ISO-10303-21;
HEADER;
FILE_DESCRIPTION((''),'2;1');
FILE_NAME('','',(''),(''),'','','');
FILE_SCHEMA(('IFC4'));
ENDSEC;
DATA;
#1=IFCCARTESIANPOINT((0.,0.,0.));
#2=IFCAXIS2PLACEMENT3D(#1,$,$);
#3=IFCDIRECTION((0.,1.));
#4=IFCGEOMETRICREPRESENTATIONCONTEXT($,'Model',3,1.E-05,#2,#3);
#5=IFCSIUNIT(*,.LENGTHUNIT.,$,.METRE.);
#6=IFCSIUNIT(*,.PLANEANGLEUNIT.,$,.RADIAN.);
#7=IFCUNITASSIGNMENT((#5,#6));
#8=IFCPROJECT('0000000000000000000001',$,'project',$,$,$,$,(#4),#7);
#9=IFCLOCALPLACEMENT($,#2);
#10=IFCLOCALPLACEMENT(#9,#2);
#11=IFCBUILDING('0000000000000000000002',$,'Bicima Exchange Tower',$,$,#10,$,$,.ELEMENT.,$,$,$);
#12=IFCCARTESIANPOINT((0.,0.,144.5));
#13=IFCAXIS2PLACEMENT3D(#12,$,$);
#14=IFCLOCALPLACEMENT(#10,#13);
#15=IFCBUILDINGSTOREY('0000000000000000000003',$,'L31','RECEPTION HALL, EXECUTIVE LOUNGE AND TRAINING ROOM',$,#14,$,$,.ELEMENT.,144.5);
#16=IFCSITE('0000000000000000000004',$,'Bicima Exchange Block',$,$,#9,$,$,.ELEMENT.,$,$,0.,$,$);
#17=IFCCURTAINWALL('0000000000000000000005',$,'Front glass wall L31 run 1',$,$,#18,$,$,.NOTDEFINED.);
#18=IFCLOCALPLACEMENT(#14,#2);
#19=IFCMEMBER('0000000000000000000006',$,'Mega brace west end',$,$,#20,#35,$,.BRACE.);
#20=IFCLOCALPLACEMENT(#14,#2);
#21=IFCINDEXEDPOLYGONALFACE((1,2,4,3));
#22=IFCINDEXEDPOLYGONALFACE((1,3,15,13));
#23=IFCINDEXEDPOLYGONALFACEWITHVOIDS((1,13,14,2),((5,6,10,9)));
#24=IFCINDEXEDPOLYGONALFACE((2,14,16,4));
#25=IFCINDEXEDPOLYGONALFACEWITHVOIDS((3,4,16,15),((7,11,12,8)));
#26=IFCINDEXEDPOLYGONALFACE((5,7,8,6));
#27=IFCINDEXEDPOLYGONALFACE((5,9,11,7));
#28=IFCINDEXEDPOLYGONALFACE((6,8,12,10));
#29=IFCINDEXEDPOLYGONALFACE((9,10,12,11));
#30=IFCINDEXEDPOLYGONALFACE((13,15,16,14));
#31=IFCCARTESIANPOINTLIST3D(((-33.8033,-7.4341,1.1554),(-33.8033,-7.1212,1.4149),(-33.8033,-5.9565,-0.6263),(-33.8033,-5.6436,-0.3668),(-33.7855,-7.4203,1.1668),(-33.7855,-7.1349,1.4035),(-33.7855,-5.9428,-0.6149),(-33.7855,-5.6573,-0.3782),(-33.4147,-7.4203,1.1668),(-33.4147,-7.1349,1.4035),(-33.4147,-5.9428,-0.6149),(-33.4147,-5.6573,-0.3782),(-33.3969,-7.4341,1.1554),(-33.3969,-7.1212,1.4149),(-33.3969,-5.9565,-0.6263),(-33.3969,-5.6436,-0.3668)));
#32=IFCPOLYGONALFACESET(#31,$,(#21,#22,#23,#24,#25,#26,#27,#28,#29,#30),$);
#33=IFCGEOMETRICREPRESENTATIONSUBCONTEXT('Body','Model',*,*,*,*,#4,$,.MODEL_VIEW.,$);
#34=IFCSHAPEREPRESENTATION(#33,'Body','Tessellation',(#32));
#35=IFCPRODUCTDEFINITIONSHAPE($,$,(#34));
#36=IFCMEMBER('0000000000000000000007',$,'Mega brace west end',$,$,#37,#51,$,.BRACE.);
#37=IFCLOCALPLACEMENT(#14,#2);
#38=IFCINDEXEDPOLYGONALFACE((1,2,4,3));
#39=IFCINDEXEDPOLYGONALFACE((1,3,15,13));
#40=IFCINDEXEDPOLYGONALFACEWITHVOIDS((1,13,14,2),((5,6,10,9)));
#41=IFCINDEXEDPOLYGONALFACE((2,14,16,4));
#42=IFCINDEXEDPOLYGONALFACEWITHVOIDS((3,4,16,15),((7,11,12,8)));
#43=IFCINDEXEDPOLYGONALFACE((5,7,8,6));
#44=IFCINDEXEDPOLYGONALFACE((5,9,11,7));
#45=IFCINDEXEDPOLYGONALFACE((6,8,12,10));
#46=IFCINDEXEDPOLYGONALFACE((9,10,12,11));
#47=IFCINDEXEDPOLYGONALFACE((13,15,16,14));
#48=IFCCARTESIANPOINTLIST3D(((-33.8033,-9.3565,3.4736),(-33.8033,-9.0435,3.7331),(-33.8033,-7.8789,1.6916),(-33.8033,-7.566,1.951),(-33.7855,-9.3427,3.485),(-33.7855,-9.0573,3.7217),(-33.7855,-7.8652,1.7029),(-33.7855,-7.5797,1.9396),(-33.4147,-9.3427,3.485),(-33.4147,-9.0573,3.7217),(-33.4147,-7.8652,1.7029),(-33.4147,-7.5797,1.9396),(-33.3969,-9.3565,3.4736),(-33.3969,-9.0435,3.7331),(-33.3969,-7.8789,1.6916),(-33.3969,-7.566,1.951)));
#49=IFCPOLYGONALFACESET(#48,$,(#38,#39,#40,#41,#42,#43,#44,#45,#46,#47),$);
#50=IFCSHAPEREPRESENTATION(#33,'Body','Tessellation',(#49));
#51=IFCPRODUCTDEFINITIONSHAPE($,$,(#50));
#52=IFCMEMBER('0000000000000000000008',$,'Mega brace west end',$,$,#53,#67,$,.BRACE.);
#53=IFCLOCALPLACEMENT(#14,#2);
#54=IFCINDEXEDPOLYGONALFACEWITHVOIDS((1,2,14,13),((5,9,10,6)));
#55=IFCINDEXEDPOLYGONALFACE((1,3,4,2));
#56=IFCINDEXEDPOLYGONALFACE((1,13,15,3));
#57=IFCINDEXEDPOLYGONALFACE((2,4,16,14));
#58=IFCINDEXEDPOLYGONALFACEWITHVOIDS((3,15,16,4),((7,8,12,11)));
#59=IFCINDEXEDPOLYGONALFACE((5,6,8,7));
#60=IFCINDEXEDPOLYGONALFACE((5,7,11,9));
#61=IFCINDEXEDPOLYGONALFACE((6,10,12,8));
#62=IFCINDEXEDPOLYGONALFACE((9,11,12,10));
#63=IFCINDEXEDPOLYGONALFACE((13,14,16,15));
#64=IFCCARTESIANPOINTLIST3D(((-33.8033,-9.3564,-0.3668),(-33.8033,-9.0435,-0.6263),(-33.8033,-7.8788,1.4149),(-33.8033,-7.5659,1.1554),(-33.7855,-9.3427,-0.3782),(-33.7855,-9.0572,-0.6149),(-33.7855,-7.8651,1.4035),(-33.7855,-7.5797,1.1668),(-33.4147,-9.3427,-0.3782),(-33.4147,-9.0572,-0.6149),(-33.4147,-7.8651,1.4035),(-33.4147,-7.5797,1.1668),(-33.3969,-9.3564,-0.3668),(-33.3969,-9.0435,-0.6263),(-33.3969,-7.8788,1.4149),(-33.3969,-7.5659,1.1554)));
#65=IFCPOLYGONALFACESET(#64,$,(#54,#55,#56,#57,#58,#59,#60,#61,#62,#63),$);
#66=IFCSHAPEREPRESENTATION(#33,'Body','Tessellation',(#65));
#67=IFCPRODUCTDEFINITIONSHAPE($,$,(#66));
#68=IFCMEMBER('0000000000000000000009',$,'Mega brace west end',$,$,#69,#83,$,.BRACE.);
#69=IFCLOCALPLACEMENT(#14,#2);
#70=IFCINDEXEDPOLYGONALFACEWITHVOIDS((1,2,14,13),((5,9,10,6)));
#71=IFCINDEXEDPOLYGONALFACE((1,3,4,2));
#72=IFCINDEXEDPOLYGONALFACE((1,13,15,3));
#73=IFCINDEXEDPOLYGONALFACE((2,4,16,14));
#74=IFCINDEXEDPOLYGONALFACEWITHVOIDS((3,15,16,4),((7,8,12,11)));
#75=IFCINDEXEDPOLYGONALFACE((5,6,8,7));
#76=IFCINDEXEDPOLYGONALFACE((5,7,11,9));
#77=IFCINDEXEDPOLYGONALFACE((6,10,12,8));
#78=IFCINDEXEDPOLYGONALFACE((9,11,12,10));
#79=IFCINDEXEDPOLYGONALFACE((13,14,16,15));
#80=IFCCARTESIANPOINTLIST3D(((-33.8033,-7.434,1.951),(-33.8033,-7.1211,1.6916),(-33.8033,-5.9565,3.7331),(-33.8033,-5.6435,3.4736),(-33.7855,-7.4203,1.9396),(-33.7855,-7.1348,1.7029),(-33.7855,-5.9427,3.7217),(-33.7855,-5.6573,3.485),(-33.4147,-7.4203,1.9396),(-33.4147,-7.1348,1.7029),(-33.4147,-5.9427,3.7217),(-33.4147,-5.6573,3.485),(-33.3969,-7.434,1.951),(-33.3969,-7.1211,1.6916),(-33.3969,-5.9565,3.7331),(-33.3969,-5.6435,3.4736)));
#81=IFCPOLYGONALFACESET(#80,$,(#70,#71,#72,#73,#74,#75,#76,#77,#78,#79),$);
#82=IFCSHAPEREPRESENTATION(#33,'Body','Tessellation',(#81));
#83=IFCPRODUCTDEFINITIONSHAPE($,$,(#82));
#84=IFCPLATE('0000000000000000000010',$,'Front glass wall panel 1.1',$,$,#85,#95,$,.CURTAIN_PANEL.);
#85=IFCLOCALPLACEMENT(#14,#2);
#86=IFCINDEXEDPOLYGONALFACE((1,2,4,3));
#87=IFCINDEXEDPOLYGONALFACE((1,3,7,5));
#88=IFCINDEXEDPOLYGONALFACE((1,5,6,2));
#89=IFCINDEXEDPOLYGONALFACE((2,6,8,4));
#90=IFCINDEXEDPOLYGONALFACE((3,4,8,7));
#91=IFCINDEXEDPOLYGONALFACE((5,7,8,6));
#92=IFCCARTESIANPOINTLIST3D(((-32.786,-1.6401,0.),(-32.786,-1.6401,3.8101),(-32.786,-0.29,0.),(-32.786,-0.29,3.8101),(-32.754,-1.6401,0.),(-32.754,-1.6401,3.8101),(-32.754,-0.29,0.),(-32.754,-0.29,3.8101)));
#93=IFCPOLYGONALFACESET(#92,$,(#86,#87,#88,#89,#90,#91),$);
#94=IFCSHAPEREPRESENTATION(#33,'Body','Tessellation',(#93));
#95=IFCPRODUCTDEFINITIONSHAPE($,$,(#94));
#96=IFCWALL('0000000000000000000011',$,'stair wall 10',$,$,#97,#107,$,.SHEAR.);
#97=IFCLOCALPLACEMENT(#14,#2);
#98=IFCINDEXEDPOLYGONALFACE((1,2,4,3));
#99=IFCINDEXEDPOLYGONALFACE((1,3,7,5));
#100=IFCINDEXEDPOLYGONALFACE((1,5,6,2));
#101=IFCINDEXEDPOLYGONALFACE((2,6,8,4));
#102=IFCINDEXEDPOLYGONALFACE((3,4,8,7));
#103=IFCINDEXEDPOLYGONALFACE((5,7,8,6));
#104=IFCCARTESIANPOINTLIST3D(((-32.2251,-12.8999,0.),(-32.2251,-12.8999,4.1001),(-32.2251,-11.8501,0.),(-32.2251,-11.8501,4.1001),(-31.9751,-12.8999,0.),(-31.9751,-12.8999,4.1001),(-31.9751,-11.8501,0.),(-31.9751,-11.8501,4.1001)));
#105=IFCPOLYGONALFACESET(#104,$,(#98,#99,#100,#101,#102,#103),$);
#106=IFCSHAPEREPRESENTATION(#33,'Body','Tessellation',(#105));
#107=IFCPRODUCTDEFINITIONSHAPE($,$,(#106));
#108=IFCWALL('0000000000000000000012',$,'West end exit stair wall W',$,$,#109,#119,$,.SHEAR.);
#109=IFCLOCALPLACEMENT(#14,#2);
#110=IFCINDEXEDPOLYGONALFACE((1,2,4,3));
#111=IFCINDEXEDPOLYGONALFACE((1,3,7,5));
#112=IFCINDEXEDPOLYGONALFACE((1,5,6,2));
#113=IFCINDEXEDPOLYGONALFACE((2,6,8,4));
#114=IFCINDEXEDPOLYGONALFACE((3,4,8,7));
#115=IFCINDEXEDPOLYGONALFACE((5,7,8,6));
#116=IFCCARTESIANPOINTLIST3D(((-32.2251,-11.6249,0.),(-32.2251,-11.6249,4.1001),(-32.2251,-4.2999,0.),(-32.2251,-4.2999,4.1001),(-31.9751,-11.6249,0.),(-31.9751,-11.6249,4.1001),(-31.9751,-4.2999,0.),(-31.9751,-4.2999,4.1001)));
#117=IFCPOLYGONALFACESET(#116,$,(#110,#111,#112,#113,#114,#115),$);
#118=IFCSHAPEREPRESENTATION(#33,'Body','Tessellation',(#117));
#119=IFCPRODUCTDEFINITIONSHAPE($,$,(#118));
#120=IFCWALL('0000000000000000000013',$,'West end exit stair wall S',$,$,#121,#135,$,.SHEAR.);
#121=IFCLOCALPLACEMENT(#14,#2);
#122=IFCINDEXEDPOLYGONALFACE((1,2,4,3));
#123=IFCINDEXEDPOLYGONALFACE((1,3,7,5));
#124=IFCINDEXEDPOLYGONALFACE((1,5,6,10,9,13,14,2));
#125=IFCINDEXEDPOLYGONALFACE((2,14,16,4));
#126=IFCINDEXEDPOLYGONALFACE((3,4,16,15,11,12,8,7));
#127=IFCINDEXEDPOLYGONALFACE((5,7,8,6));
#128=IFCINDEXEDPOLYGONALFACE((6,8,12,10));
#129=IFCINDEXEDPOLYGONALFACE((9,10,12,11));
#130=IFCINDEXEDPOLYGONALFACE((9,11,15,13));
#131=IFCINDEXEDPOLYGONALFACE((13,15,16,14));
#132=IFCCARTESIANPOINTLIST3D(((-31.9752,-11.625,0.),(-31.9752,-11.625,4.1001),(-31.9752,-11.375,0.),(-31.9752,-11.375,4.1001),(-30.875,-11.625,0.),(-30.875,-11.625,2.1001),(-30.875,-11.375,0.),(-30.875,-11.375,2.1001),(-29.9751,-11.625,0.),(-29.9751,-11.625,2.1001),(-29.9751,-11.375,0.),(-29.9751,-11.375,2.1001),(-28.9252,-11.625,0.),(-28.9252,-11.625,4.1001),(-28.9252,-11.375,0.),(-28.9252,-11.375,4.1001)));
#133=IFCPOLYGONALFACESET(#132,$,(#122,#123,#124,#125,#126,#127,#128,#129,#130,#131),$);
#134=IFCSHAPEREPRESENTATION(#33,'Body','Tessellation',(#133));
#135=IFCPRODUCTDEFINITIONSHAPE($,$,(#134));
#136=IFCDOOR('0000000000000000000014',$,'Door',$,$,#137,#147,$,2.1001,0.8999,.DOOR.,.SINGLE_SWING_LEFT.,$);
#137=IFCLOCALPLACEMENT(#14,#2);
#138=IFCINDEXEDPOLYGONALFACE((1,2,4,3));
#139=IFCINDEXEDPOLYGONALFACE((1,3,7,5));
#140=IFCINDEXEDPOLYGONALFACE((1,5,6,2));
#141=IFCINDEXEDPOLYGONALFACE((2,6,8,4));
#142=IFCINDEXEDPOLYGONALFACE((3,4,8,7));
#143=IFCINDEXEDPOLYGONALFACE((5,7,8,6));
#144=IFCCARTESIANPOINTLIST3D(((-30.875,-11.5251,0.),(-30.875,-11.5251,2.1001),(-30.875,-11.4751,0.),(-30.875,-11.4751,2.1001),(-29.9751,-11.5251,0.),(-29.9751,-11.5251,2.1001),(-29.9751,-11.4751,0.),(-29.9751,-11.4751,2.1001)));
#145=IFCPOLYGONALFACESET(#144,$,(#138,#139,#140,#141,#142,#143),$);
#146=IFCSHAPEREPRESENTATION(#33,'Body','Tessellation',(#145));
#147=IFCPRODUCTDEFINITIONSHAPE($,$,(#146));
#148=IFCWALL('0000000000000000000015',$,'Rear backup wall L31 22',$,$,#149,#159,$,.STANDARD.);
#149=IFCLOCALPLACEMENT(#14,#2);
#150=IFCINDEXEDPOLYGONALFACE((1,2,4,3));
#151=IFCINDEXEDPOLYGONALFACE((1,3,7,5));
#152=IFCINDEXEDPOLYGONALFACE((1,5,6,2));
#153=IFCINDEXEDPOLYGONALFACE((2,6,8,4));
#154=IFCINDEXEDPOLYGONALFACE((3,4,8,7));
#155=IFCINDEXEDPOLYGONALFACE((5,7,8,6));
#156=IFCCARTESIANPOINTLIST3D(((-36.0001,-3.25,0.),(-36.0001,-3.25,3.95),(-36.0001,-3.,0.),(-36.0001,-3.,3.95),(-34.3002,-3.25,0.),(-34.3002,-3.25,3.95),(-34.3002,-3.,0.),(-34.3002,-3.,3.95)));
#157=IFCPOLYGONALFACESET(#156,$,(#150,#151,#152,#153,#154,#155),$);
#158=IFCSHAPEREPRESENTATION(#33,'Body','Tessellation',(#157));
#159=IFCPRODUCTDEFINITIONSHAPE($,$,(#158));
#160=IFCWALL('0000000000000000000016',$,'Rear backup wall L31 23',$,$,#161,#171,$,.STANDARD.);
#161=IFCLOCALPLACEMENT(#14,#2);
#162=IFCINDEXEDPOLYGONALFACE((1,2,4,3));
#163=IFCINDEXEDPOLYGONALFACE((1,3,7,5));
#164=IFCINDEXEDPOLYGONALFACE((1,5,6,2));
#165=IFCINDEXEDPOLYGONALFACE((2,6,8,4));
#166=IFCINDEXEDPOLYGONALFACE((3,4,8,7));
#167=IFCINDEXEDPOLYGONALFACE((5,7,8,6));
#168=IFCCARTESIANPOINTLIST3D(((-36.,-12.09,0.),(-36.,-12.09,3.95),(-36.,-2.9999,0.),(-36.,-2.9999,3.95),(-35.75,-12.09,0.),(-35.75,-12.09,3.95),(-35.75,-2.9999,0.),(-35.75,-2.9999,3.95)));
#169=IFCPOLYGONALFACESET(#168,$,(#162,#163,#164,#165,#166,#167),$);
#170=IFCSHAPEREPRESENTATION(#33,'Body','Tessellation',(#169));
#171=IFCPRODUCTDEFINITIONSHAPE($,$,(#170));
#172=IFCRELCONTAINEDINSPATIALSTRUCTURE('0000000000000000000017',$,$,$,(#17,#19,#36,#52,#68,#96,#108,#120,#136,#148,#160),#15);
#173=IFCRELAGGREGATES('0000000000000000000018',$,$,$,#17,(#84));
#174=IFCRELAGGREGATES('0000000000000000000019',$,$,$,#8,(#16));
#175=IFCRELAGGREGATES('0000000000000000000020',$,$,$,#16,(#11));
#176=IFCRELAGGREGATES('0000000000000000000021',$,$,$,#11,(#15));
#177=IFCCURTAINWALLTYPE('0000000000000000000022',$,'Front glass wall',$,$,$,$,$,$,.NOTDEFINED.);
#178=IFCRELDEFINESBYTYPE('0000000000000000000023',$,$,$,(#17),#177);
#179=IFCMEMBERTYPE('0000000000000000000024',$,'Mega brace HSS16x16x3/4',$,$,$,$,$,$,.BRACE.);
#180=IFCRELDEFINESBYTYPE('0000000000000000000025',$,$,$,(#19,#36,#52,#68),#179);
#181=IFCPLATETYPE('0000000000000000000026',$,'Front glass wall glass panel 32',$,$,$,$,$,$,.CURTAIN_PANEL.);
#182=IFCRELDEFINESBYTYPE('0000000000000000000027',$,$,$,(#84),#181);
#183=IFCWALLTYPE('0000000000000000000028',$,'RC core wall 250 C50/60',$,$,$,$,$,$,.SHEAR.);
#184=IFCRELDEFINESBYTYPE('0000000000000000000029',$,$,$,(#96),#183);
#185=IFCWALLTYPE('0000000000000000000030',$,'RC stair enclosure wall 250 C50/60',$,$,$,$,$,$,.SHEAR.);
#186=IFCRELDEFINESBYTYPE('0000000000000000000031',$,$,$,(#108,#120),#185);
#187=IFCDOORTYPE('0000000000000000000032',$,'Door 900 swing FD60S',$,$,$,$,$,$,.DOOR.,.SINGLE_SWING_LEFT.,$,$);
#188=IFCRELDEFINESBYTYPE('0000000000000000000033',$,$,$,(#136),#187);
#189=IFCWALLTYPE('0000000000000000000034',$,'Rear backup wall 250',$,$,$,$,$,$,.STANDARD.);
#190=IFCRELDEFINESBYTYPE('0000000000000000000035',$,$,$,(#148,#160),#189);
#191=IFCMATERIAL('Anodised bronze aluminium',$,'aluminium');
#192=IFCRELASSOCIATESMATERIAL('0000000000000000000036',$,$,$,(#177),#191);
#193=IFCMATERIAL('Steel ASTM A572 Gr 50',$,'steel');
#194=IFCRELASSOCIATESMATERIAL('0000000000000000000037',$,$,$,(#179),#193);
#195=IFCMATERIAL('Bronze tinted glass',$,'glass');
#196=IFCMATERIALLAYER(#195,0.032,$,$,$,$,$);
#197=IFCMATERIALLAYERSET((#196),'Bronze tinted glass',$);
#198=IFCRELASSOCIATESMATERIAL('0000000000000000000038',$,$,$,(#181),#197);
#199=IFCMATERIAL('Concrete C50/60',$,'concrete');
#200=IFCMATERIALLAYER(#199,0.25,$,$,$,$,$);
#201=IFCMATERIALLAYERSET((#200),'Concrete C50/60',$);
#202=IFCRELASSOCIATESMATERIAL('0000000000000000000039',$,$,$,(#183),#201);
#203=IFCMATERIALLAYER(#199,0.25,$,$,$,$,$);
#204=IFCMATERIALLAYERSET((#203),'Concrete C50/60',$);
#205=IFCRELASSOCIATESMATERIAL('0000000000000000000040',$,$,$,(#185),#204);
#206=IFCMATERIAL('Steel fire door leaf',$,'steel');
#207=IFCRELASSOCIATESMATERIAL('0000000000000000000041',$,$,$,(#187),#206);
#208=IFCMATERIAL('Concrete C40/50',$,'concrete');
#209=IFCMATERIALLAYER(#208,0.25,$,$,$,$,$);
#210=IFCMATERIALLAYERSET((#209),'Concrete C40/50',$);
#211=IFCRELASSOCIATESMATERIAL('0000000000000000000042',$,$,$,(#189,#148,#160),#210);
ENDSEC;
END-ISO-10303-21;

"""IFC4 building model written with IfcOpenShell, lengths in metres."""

from ifc_helpers import new_model, si_unit, direction, frame, frame_2d, origin, origin_2d, place, context, subcontext, project, spatial, rectangle, hollow_rectangle, extrude, material, layer, layer_set, layer_usage, material_profile, profile_set, type_object, element, fill, aggregate, save


model = new_model("IFC4")

# Units and contexts
model_context = context("Model", 3, precision=1e-05, world=origin(), true_north=direction((0.0, 1.0)))
body_context = subcontext(model_context, "Body", "Model", "MODEL_VIEW")
ifc_project = project(units=[si_unit("LENGTHUNIT", "METRE"), si_unit("PLANEANGLEUNIT", "RADIAN")], contexts=[model_context])

# Site, building, storey
site_placement = place(None, origin())
site = spatial("IfcSite", under=ifc_project, at=site_placement, Name="Bicima Exchange Block", CompositionType="ELEMENT", RefElevation=0.0)
building_placement = place(site_placement, origin())
building = spatial("IfcBuilding", under=site, at=building_placement, Name="Bicima Exchange Tower", CompositionType="ELEMENT")
storey_placement = place(building_placement, frame((0.0, 0.0, 144.5)))
storey = spatial("IfcBuildingStorey", under=building, at=storey_placement, Name="L31", Description="RECEPTION HALL, EXECUTIVE LOUNGE AND TRAINING ROOM", CompositionType="ELEMENT", Elevation=144.5)

# Shared definitions
ifc_material_1 = material(Name="Steel ASTM A572 Gr 50", Category="steel")

# Shared definitions
ifc_material_2 = material(Name="Anodised bronze aluminium", Category="aluminium")

# Curtain wall
curtain_wall_type_1 = type_object("IfcCurtainWallType", Name="Front glass wall", PredefinedType="NOTDEFINED", material=ifc_material_2)
curtain_wall_1_placement = place(storey_placement, origin())
curtain_wall_1 = element("IfcCurtainWall", 1, at=curtain_wall_1_placement, inside=storey, type_object=curtain_wall_type_1, Name="Front glass wall L31 run 1", PredefinedType="NOTDEFINED")

# Members
ifc_material_profile_1 = material_profile(ifc_material_1, hollow_rectangle(XDim=0.4065, YDim=0.4065, WallThickness=0.0178, at=origin_2d()))
ifc_profile_set_1 = profile_set([ifc_material_profile_1], Name="Steel ASTM A572 Gr 50")
member_type_1 = type_object("IfcMemberType", Name="Mega brace HSS16x16x3/4", PredefinedType="BRACE", material=ifc_profile_set_1)
member_1_placement = place(storey_placement, frame((-33.6001, -5.8, -0.4966), z_axis=(0.0, -0.638336, 0.769758), x_axis=(1.0, 0.0, 0.0)))
element("IfcMember", 2, at=member_1_placement, inside=storey, type_object=member_type_1, Name="Mega brace west end", PredefinedType="BRACE", context=body_context, shape_type="SweptSolid", body=[
    extrude(hollow_rectangle(XDim=0.4065, YDim=0.4065, WallThickness=0.0178, at=origin_2d()), origin(), (0.0, 0.0, 1.0), 2.3147),
])
member_2_placement = place(storey_placement, frame((-33.6001, -7.7224, 1.8213), z_axis=(0.0, -0.638284, 0.769801), x_axis=(1.0, 0.0, 0.0)))
element("IfcMember", 3, at=member_2_placement, inside=storey, type_object=member_type_1, Name="Mega brace west end", PredefinedType="BRACE", context=body_context, shape_type="SweptSolid", body=[
    extrude(hollow_rectangle(XDim=0.4065, YDim=0.4065, WallThickness=0.0178, at=origin_2d()), origin(), (0.0, 0.0, 1.0), 2.3149),
])
member_3_placement = place(storey_placement, frame((-33.6001, -9.2, -0.4966), z_axis=(0.0, 0.638336, 0.769758), x_axis=(-1.0, 0.0, 0.0)))
element("IfcMember", 4, at=member_3_placement, inside=storey, type_object=member_type_1, Name="Mega brace west end", PredefinedType="BRACE", context=body_context, shape_type="SweptSolid", body=[
    extrude(hollow_rectangle(XDim=0.4065, YDim=0.4065, WallThickness=0.0178, at=origin_2d()), origin(), (0.0, 0.0, 1.0), 2.3147),
])
member_4_placement = place(storey_placement, frame((-33.6001, -7.2776, 1.8213), z_axis=(0.0, 0.638284, 0.769801), x_axis=(-1.0, 0.0, 0.0)))
element("IfcMember", 5, at=member_4_placement, inside=storey, type_object=member_type_1, Name="Mega brace west end", PredefinedType="BRACE", context=body_context, shape_type="SweptSolid", body=[
    extrude(hollow_rectangle(XDim=0.4065, YDim=0.4065, WallThickness=0.0178, at=origin_2d()), origin(), (0.0, 0.0, 1.0), 2.3149),
])

# Plate
ifc_material_3 = material(Name="Bronze tinted glass", Category="glass")
ifc_layer_1 = layer(ifc_material_3, 0.032)
ifc_layer_set_1 = layer_set([ifc_layer_1], Name="Bronze tinted glass")
plate_type = type_object("IfcPlateType", Name="Front glass wall glass panel 32", PredefinedType="CURTAIN_PANEL", material=ifc_layer_set_1)
plate_placement = place(storey_placement, frame((-32.77, -0.9651, 0.0), z_axis=(0.0, 0.0, 1.0), x_axis=(0.0, -1.0, 0.0)))
plate = element("IfcPlate", 6, at=plate_placement, type_object=plate_type, Name="Front glass wall panel 1.1", PredefinedType="CURTAIN_PANEL", context=body_context, shape_type="SweptSolid", body=[
    extrude(rectangle(XDim=1.3501, YDim=0.032, at=origin_2d()), origin(), (0.0, 0.0, 1.0), 3.8101),
])
aggregate(curtain_wall_1, [plate])

# Walls
ifc_material_4 = material(Name="Concrete C50/60", Category="concrete")
ifc_layer_2 = layer(ifc_material_4, 0.25)
ifc_layer_set_2 = layer_set([ifc_layer_2], Name="Concrete C50/60")
wall_type_1 = type_object("IfcWallType", Name="RC core wall 250 C50/60", PredefinedType="SHEAR", material=ifc_layer_set_2)
wall_1_placement = place(storey_placement, frame((-32.1001, -12.8999, 0.0), z_axis=(0.0, 0.0, 1.0), x_axis=(0.0, 1.0, 0.0)))
element("IfcWall", 7, at=wall_1_placement, inside=storey, type_object=wall_type_1, Name="stair wall 10", PredefinedType="SHEAR", context=body_context, shape_type="SweptSolid", body=[
    extrude(rectangle(XDim=1.0498, YDim=0.25, at=frame_2d((0.5249, 0.0))), origin(), (0.0, 0.0, 1.0), 4.1001),
])
ifc_layer_3 = layer(ifc_material_4, 0.25)
ifc_layer_set_3 = layer_set([ifc_layer_3], Name="Concrete C50/60")
wall_type_2 = type_object("IfcWallType", Name="RC stair enclosure wall 250 C50/60", PredefinedType="SHEAR", material=ifc_layer_set_3)
wall_2_placement = place(storey_placement, frame((-32.1001, -11.625, 0.0), z_axis=(0.0, 0.0, 1.0), x_axis=(0.0, 1.0, 0.0)))
element("IfcWall", 8, at=wall_2_placement, inside=storey, type_object=wall_type_2, Name="West end exit stair wall W", PredefinedType="SHEAR", context=body_context, shape_type="SweptSolid", body=[
    extrude(rectangle(XDim=7.325, YDim=0.25, at=frame_2d((3.6626, 0.0))), origin(), (0.0, 0.0, 1.0), 4.1001),
])

# Wall, opening, door
wall_3_placement = place(storey_placement, frame((-31.9751, -11.5, 0.0), z_axis=(0.0, 0.0, 1.0), x_axis=(1.0, 0.0, 0.0)))
wall_3 = element("IfcWall", 9, at=wall_3_placement, inside=storey, type_object=wall_type_2, Name="West end exit stair wall S", PredefinedType="SHEAR", context=body_context, shape_type="SweptSolid", body=[
    extrude(rectangle(XDim=3.05, YDim=0.25, at=frame_2d((1.5249, 0.0))), origin(), (0.0, 0.0, 1.0), 4.1001),
])
opening_placement = place(wall_3_placement, frame((1.1001, 0.0, 0.0)))
opening = element("IfcOpeningElement", 10, at=opening_placement, cuts=wall_3, PredefinedType="OPENING", context=body_context, shape_type="SweptSolid", body=[
    extrude(rectangle(XDim=0.8999, YDim=2.1001, at=frame_2d((0.45, 1.05))), frame((0.0, 0.137, 0.0), z_axis=(0.0, -1.0, 0.0), x_axis=(1.0, 0.0, 0.0)), (0.0, 0.0, 1.0), 0.2739),
])
ifc_material_5 = material(Name="Steel fire door leaf", Category="steel")
door_type = type_object("IfcDoorType", Name="Door 900 swing FD60S", OperationType="SINGLE_SWING_LEFT", PredefinedType="DOOR", material=ifc_material_5)
door_placement = place(opening_placement, origin())
door = element("IfcDoor", 11, at=door_placement, inside=storey, type_object=door_type, Name="Door", OperationType="SINGLE_SWING_LEFT", OverallHeight=2.1001, OverallWidth=0.8999, PredefinedType="DOOR", context=body_context, shape_type="SweptSolid", body=[
    extrude(rectangle(XDim=0.8999, YDim=2.1001, at=frame_2d((0.45, 1.05))), frame((0.0, 0.0249, 0.0), z_axis=(0.0, -1.0, 0.0), x_axis=(1.0, 0.0, 0.0)), (0.0, 0.0, 1.0), 0.05),
])
fill(opening, door)

# Walls
ifc_material_6 = material(Name="Concrete C40/50", Category="concrete")
ifc_layer_4 = layer(ifc_material_6, 0.25)
ifc_layer_set_4 = layer_set([ifc_layer_4], Name="Concrete C40/50")
ifc_layer_usage = layer_usage(ifc_layer_set_4, "AXIS2", "POSITIVE", -0.125)
wall_type_3 = type_object("IfcWallType", Name="Rear backup wall 250", PredefinedType="STANDARD", material=ifc_layer_set_4)
wall_4_placement = place(storey_placement, frame((-34.3, -3.125, 0.0), z_axis=(0.0, 0.0, 1.0), x_axis=(-1.0, 0.0, 0.0)))
element("IfcWall", 12, at=wall_4_placement, inside=storey, type_object=wall_type_3, material=ifc_layer_usage, Name="Rear backup wall L31 22", PredefinedType="STANDARD", context=body_context, shape_type="SweptSolid", body=[
    extrude(rectangle(XDim=1.7, YDim=0.25, at=frame_2d((0.8501, 0.0))), origin(), (0.0, 0.0, 1.0), 3.95),
])
wall_5_placement = place(storey_placement, frame((-35.875, -3.0, 0.0), z_axis=(0.0, 0.0, 1.0), x_axis=(0.0, -1.0, 0.0)))
element("IfcWall", 13, at=wall_5_placement, inside=storey, type_object=wall_type_3, material=ifc_layer_usage, Name="Rear backup wall L31 23", PredefinedType="STANDARD", context=body_context, shape_type="SweptSolid", body=[
    extrude(rectangle(XDim=9.0901, YDim=0.25, at=frame_2d((4.5449, 0.0))), origin(), (0.0, 0.0, 1.0), 3.95),
])

save(model, "model.ifc")
